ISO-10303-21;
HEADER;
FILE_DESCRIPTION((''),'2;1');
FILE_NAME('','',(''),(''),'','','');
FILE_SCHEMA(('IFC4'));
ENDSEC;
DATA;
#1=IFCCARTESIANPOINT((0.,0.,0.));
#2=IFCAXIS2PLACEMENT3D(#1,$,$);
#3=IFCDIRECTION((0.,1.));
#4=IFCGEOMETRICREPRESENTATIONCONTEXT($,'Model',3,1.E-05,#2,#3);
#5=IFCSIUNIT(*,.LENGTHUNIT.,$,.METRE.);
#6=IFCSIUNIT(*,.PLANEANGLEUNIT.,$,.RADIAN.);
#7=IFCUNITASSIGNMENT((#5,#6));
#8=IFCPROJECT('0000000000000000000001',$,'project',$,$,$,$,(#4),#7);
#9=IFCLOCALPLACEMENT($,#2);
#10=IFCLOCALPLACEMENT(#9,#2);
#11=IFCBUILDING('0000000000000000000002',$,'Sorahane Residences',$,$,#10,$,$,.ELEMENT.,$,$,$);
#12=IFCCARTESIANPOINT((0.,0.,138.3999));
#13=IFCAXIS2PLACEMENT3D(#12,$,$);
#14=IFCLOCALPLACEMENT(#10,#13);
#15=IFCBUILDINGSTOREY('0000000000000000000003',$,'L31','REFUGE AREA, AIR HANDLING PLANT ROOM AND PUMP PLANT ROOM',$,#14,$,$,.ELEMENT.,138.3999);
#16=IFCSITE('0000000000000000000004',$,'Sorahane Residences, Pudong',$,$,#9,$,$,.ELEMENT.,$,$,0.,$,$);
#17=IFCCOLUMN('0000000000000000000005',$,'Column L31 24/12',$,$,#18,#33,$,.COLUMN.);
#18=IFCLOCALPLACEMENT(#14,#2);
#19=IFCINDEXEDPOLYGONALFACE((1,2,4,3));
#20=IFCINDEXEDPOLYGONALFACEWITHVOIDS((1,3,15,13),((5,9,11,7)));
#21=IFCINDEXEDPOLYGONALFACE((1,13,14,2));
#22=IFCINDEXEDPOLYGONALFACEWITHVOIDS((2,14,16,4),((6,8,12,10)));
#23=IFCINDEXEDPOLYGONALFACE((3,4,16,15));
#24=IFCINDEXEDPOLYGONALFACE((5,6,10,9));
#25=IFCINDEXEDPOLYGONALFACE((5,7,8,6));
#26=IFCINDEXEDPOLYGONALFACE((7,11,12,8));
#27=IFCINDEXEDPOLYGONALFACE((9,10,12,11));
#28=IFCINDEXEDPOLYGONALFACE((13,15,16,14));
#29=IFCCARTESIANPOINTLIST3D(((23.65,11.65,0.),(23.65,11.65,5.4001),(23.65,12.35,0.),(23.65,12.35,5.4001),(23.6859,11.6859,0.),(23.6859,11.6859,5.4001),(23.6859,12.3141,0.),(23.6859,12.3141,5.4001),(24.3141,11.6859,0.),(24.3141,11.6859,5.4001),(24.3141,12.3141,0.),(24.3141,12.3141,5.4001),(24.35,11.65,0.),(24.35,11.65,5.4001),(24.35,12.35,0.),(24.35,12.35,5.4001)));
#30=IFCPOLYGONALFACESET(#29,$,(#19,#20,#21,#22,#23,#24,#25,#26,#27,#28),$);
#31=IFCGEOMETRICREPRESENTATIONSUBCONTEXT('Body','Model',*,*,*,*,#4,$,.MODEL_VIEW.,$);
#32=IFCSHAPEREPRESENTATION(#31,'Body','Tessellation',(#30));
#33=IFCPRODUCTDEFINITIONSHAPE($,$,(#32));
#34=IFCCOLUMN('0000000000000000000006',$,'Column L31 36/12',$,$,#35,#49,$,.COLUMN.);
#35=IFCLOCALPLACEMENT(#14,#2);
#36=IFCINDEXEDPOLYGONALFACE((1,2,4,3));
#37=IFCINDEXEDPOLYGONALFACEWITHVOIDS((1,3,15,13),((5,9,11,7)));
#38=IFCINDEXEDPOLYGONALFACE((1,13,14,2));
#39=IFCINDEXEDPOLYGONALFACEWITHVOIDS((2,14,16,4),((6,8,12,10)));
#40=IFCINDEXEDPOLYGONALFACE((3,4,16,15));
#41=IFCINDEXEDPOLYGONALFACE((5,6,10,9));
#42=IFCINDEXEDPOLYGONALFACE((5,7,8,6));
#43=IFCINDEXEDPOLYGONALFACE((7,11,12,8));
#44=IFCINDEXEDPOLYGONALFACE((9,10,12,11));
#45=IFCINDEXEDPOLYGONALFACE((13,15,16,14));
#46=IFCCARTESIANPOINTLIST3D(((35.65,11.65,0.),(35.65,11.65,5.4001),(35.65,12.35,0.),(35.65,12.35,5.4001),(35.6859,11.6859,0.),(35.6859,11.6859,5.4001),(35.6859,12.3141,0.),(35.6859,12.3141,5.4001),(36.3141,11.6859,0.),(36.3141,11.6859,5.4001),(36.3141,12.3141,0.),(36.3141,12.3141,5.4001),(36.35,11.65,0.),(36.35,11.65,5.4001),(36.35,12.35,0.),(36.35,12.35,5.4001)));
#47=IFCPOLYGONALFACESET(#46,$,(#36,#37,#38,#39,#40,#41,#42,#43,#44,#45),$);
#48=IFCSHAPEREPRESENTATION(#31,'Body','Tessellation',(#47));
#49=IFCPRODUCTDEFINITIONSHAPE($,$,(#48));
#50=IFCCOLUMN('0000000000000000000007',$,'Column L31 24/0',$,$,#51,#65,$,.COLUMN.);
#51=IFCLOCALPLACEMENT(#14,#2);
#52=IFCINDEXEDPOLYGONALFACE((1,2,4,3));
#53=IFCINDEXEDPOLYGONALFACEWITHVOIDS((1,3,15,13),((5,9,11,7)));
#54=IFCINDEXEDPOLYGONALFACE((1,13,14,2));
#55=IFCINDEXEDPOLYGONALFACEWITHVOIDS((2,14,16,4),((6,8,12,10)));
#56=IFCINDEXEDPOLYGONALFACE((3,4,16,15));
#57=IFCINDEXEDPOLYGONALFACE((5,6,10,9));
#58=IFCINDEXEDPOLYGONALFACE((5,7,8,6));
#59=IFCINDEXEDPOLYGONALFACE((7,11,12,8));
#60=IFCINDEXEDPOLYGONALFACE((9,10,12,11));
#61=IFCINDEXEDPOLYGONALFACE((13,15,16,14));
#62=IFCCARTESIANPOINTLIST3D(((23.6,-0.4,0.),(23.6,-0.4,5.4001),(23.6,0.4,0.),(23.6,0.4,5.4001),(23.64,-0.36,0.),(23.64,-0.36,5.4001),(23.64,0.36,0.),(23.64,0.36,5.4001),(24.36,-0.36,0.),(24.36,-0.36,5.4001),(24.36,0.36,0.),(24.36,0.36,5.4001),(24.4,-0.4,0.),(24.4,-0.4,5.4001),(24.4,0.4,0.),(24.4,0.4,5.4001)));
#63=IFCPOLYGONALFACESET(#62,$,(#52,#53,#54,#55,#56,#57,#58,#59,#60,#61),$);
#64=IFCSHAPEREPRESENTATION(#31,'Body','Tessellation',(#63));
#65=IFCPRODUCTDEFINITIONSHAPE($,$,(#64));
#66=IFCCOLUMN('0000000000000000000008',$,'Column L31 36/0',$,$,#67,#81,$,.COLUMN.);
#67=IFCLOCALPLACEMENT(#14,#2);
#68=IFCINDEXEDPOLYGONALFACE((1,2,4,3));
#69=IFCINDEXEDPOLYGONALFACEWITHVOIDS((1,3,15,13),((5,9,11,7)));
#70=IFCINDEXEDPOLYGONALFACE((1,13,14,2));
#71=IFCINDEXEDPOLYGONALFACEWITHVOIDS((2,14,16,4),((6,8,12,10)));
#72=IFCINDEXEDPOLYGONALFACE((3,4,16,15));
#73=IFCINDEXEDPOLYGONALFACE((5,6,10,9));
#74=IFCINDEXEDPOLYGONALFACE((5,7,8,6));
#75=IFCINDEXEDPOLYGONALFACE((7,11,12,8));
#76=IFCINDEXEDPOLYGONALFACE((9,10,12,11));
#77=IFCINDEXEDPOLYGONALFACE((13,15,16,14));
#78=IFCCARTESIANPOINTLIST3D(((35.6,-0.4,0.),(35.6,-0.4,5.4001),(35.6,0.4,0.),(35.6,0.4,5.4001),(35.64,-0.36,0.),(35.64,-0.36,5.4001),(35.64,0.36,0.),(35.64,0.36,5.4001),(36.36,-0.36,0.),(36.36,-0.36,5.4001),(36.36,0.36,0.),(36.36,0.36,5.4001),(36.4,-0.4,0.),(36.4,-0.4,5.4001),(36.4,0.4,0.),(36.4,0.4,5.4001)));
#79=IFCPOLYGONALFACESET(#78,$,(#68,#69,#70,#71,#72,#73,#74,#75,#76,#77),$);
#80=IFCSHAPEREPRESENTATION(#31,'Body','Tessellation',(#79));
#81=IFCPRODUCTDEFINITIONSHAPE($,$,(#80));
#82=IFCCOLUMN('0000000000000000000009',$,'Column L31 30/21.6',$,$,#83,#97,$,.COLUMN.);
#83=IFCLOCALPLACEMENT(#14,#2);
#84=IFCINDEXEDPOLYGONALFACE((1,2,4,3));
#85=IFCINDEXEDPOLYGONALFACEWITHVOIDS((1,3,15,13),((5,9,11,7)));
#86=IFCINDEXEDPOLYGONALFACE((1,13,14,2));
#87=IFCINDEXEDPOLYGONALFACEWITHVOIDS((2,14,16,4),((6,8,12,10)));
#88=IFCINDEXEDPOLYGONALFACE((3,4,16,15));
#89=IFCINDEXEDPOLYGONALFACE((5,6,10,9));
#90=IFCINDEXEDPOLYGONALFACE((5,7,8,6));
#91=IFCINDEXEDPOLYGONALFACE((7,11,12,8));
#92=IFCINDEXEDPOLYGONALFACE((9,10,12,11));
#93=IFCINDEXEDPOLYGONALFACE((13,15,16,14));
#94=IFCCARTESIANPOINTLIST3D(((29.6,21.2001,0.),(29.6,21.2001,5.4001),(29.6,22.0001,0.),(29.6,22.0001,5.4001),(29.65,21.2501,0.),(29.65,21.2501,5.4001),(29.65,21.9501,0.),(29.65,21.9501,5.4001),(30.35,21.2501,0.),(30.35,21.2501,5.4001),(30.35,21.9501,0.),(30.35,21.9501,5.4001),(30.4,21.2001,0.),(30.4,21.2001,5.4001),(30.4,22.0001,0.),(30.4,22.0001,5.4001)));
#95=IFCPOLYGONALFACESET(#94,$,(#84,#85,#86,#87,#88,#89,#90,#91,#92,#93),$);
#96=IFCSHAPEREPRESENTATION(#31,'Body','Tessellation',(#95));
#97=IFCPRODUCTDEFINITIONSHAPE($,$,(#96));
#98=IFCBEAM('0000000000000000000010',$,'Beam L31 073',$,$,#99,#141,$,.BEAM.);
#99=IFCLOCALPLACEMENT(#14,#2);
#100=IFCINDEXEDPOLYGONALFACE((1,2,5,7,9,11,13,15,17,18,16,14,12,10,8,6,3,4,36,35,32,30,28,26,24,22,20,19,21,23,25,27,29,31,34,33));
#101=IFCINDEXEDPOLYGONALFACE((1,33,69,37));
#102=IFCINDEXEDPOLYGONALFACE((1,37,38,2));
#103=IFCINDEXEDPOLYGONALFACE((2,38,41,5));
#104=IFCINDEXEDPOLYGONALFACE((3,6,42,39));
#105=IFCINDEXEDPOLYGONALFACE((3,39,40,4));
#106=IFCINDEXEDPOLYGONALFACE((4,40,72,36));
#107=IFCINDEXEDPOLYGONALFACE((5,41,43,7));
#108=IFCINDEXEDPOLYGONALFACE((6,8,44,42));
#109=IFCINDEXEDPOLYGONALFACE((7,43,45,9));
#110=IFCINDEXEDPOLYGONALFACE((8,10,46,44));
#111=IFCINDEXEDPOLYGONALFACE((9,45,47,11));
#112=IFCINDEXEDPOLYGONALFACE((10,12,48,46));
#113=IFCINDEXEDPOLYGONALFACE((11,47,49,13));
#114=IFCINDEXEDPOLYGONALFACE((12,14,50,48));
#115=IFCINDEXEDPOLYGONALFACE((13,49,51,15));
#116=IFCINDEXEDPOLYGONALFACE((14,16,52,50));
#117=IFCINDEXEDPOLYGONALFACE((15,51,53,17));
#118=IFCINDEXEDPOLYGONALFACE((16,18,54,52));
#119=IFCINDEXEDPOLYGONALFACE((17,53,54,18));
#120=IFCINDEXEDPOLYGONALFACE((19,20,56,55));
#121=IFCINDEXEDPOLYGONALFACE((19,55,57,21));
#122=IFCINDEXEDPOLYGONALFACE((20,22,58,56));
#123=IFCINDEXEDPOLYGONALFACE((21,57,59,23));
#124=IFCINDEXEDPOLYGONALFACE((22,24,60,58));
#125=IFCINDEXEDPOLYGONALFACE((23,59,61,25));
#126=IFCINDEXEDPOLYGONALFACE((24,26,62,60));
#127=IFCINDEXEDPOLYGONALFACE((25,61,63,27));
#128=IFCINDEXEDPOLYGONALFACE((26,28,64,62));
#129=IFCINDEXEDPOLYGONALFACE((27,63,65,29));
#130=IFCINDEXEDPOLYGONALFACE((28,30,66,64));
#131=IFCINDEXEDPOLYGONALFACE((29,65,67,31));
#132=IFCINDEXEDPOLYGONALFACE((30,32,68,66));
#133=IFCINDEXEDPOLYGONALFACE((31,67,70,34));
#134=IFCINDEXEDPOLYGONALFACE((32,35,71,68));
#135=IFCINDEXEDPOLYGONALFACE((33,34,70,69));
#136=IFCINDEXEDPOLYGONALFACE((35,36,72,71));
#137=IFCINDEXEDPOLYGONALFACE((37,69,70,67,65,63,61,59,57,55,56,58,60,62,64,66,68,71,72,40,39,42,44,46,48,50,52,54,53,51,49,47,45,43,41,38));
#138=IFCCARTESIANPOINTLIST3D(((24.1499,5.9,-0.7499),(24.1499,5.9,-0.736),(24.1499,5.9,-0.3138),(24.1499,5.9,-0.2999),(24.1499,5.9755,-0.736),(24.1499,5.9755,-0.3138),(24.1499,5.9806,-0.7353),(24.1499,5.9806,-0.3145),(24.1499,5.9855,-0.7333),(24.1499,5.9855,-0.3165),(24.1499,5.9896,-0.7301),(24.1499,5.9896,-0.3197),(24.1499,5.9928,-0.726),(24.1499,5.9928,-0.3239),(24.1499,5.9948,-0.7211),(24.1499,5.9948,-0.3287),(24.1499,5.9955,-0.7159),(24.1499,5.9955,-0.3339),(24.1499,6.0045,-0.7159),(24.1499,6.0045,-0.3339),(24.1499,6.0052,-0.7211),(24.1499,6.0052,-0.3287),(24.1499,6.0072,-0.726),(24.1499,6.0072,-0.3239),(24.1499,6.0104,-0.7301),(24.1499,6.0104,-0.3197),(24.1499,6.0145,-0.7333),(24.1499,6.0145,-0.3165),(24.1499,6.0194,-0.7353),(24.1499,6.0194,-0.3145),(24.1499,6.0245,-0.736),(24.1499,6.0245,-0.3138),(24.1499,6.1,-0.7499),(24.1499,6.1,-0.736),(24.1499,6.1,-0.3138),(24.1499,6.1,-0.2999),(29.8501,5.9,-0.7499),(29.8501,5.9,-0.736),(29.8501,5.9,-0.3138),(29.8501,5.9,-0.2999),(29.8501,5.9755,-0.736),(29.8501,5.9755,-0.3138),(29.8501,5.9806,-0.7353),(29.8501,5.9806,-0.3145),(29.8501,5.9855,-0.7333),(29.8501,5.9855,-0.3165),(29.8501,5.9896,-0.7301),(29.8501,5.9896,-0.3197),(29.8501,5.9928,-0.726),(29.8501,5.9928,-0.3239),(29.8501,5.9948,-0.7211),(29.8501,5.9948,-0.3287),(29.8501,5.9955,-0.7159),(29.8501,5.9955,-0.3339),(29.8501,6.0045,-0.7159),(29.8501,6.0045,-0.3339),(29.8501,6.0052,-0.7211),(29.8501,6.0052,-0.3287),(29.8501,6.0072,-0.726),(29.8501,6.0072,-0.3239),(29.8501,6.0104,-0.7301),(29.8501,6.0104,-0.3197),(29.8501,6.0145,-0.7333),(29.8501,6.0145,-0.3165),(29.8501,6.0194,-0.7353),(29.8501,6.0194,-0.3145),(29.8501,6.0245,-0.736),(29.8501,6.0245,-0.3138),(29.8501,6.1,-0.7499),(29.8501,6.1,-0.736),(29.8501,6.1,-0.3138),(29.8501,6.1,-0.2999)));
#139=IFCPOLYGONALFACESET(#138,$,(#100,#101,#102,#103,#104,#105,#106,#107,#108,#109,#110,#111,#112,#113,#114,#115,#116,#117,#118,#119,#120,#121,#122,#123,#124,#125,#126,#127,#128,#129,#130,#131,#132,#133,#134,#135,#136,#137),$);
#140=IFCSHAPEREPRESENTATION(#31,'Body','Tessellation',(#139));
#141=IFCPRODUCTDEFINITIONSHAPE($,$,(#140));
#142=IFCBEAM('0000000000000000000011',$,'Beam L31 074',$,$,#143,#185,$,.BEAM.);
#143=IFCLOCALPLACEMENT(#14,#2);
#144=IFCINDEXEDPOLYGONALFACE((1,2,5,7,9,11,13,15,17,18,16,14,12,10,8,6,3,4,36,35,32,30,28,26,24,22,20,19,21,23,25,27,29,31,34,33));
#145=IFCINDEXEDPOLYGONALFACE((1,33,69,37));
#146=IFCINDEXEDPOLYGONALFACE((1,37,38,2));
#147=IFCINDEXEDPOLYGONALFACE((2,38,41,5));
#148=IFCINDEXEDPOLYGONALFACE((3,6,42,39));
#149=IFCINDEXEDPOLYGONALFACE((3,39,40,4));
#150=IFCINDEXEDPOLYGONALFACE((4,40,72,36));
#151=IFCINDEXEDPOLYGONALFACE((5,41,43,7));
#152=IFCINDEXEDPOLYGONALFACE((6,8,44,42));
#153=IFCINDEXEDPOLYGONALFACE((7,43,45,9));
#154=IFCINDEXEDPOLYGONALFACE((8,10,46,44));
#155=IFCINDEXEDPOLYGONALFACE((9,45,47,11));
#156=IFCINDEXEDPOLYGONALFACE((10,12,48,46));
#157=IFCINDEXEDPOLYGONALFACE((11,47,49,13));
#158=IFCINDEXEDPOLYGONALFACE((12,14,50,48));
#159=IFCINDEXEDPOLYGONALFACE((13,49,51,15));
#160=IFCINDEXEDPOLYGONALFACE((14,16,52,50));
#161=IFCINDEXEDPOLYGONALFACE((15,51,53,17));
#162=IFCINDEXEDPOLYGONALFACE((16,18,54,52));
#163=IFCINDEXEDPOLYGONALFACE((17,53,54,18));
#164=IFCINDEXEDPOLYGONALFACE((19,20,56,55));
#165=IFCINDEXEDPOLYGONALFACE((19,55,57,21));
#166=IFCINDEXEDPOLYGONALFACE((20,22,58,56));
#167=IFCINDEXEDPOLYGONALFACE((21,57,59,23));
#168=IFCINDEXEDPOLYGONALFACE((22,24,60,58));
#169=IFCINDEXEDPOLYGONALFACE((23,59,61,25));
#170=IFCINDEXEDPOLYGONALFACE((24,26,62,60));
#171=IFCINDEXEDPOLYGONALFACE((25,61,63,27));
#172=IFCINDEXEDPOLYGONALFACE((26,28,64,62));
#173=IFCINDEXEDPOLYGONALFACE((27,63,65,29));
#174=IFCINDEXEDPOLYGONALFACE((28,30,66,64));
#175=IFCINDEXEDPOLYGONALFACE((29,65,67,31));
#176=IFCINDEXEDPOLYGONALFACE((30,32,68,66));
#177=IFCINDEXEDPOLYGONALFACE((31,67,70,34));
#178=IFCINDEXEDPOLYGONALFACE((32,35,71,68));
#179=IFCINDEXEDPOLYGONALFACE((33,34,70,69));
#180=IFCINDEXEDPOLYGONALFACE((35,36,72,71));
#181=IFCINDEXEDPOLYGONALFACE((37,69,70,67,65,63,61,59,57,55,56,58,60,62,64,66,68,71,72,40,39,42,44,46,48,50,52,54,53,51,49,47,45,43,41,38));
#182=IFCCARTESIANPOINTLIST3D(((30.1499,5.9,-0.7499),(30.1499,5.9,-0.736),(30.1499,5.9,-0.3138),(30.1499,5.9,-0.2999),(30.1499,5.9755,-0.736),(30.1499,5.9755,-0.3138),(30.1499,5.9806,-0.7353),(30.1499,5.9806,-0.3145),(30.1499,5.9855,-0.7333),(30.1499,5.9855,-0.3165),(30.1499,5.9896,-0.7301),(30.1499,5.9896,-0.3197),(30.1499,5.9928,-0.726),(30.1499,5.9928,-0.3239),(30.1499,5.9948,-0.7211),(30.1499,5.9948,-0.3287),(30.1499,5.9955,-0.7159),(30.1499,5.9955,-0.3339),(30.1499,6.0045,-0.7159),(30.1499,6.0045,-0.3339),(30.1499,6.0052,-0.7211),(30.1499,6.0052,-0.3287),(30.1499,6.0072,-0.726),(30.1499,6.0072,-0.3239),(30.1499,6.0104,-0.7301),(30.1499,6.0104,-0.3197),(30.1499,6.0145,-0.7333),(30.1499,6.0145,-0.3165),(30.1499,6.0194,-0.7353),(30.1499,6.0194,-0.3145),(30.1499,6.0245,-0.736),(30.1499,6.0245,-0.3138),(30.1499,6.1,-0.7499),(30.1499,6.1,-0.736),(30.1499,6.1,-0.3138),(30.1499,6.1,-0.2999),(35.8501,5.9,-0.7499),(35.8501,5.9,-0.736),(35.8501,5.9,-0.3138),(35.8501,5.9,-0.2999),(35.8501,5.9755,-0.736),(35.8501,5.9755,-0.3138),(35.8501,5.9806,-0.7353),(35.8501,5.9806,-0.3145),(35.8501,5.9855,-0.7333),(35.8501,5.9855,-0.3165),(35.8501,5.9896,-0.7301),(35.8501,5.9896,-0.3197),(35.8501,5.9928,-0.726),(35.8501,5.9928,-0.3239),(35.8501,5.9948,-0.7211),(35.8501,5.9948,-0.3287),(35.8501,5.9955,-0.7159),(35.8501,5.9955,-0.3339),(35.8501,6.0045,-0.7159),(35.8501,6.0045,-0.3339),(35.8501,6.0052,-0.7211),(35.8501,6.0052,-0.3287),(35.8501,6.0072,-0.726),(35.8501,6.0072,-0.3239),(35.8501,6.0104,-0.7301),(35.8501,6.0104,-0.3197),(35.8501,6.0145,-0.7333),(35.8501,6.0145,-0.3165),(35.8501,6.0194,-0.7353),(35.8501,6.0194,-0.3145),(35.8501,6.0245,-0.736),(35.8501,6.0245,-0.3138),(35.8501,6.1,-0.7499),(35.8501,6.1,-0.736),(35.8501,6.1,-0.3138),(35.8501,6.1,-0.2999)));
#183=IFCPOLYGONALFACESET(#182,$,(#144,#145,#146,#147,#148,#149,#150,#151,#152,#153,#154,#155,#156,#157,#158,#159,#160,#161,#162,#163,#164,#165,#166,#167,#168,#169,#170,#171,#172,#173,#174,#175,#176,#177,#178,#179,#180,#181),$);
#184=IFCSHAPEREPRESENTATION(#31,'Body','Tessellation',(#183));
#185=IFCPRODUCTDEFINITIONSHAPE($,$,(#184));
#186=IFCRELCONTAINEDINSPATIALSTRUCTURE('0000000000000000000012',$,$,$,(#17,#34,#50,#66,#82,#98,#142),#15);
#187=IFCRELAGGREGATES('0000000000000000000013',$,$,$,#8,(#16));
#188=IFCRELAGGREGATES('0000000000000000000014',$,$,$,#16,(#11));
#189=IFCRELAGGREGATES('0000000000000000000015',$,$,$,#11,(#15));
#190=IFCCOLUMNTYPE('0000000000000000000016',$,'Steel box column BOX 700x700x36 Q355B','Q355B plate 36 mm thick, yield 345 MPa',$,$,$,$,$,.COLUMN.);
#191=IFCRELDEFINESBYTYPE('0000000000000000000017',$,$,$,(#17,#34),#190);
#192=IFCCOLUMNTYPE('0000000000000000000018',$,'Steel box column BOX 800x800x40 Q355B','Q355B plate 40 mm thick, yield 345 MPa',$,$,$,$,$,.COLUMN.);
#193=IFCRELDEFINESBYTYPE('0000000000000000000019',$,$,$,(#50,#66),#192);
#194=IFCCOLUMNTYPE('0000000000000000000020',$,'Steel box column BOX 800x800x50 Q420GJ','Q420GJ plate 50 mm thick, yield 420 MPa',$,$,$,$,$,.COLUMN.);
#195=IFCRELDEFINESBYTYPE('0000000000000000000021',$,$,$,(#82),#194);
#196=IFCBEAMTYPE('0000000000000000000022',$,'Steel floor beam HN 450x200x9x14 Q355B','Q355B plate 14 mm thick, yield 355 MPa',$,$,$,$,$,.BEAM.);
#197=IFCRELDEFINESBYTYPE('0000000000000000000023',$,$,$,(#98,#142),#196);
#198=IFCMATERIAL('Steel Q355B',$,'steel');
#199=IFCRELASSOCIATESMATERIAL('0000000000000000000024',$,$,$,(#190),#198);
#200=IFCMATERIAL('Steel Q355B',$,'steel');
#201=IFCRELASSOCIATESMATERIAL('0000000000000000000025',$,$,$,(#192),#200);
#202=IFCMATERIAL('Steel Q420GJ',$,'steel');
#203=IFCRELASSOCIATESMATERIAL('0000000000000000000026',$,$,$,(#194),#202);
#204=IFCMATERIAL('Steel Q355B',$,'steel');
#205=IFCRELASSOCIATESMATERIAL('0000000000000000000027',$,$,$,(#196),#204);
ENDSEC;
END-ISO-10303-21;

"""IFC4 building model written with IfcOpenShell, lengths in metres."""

from ifc_helpers import new_model, si_unit, direction, frame, origin, origin_2d, place, context, subcontext, project, spatial, hollow_rectangle, i_section, extrude, material, material_profile, profile_set, type_object, element, save


model = new_model("IFC4")

# Units and contexts
model_context = context("Model", 3, precision=1e-05, world=origin(), true_north=direction((0.0, 1.0)))
body_context = subcontext(model_context, "Body", "Model", "MODEL_VIEW")
ifc_project = project(units=[si_unit("LENGTHUNIT", "METRE"), si_unit("PLANEANGLEUNIT", "RADIAN")], contexts=[model_context])

# Site, building, storey
site_placement = place(None, origin())
site = spatial("IfcSite", under=ifc_project, at=site_placement, Name="Sorahane Residences, Pudong", CompositionType="ELEMENT", RefElevation=0.0)
building_placement = place(site_placement, origin())
building = spatial("IfcBuilding", under=site, at=building_placement, Name="Sorahane Residences", CompositionType="ELEMENT")
storey_placement = place(building_placement, frame((0.0, 0.0, 138.3999)))
storey = spatial("IfcBuildingStorey", under=building, at=storey_placement, Name="L31", Description="REFUGE AREA, AIR HANDLING PLANT ROOM AND PUMP PLANT ROOM", CompositionType="ELEMENT", Elevation=138.3999)

# Columns
ifc_material_1 = material(Name="Steel Q355B", Category="steel")
ifc_material_profile_1 = material_profile(ifc_material_1, hollow_rectangle(XDim=0.7, YDim=0.7, WallThickness=0.0359, at=origin_2d()), Name="BOX 700x700x36")
ifc_profile_set_1 = profile_set([ifc_material_profile_1], Name="Steel Q355B")
column_type_1 = type_object("IfcColumnType", Name="Steel box column BOX 700x700x36 Q355B", Description="Q355B plate 36 mm thick, yield 345 MPa", PredefinedType="COLUMN", material=ifc_profile_set_1)
for number, where, z_axis, x_axis, name in (
    (1, (24.0, 12.0, 0.0), (0.0, 0.0, 1.0), (1.0, 0.0, 0.0), "Column L31 24/12"),
    (2, (36.0, 12.0, 0.0), (0.0, 0.0, 1.0), (1.0, 0.0, 0.0), "Column L31 36/12"),
):
    element("IfcColumn", number, at=place(storey_placement, frame(where, z_axis=z_axis, x_axis=x_axis)), inside=storey, type_object=column_type_1, Name=name, PredefinedType="COLUMN", context=body_context, shape_type="SweptSolid", body=[
        extrude(hollow_rectangle(XDim=0.7, YDim=0.7, WallThickness=0.0359, at=origin_2d()), origin(), (0.0, 0.0, 1.0), 5.4001),
    ])
ifc_material_2 = material(Name="Steel Q355B", Category="steel")
ifc_material_profile_2 = material_profile(ifc_material_2, hollow_rectangle(XDim=0.8, YDim=0.8, WallThickness=0.04, at=origin_2d()), Name="BOX 800x800x40")
ifc_profile_set_2 = profile_set([ifc_material_profile_2], Name="Steel Q355B")
column_type_2 = type_object("IfcColumnType", Name="Steel box column BOX 800x800x40 Q355B", Description="Q355B plate 40 mm thick, yield 345 MPa", PredefinedType="COLUMN", material=ifc_profile_set_2)
for number, where, z_axis, x_axis, name in (
    (3, (24.0, 0.0, 0.0), (0.0, 0.0, 1.0), (1.0, 0.0, 0.0), "Column L31 24/0"),
    (4, (36.0, 0.0, 0.0), (0.0, 0.0, 1.0), (1.0, 0.0, 0.0), "Column L31 36/0"),
):
    element("IfcColumn", number, at=place(storey_placement, frame(where, z_axis=z_axis, x_axis=x_axis)), inside=storey, type_object=column_type_2, Name=name, PredefinedType="COLUMN", context=body_context, shape_type="SweptSolid", body=[
        extrude(hollow_rectangle(XDim=0.8, YDim=0.8, WallThickness=0.04, at=origin_2d()), origin(), (0.0, 0.0, 1.0), 5.4001),
    ])
ifc_material_3 = material(Name="Steel Q420GJ", Category="steel")
ifc_material_profile_3 = material_profile(ifc_material_3, hollow_rectangle(XDim=0.8, YDim=0.8, WallThickness=0.05, at=origin_2d()), Name="BOX 800x800x50")
ifc_profile_set_3 = profile_set([ifc_material_profile_3], Name="Steel Q420GJ")
column_type_3 = type_object("IfcColumnType", Name="Steel box column BOX 800x800x50 Q420GJ", Description="Q420GJ plate 50 mm thick, yield 420 MPa", PredefinedType="COLUMN", material=ifc_profile_set_3)
column_placement = place(storey_placement, frame((30.0, 21.6001, 0.0), z_axis=(0.0, 0.0, 1.0), x_axis=(1.0, 0.0, 0.0)))
element("IfcColumn", 5, at=column_placement, inside=storey, type_object=column_type_3, Name="Column L31 30/21.6", PredefinedType="COLUMN", context=body_context, shape_type="SweptSolid", body=[
    extrude(hollow_rectangle(XDim=0.8, YDim=0.8, WallThickness=0.05, at=origin_2d()), origin(), (0.0, 0.0, 1.0), 5.4001),
])

# Beams
ifc_material_4 = material(Name="Steel Q355B", Category="steel")
ifc_material_profile_4 = material_profile(ifc_material_4, i_section(OverallWidth=0.2, OverallDepth=0.45, WebThickness=0.009, FlangeThickness=0.0139, FilletRadius=0.02, at=origin_2d()), Name="HN 450x200x9x14")
ifc_profile_set_4 = profile_set([ifc_material_profile_4], Name="Steel Q355B")
beam_type_1 = type_object("IfcBeamType", Name="Steel floor beam HN 450x200x9x14 Q355B", Description="Q355B plate 14 mm thick, yield 355 MPa", PredefinedType="BEAM", material=ifc_profile_set_4)
for number, where, z_axis, x_axis, name in (
    (6, (24.1499, 6.0, -0.5249), (1.0, 0.0, 0.0), (0.0, 1.0, 0.0), "Beam L31 073"),
    (7, (30.1499, 6.0, -0.5249), (1.0, 0.0, 0.0), (0.0, 1.0, 0.0), "Beam L31 074"),
):
    element("IfcBeam", number, at=place(storey_placement, frame(where, z_axis=z_axis, x_axis=x_axis)), inside=storey, type_object=beam_type_1, Name=name, PredefinedType="BEAM", context=body_context, shape_type="SweptSolid", body=[
        extrude(i_section(OverallWidth=0.2, OverallDepth=0.45, WebThickness=0.009, FlangeThickness=0.0139, FilletRadius=0.02, at=origin_2d()), origin(), (0.0, 0.0, 1.0), 5.7002),
    ])

save(model, "model.ifc")
